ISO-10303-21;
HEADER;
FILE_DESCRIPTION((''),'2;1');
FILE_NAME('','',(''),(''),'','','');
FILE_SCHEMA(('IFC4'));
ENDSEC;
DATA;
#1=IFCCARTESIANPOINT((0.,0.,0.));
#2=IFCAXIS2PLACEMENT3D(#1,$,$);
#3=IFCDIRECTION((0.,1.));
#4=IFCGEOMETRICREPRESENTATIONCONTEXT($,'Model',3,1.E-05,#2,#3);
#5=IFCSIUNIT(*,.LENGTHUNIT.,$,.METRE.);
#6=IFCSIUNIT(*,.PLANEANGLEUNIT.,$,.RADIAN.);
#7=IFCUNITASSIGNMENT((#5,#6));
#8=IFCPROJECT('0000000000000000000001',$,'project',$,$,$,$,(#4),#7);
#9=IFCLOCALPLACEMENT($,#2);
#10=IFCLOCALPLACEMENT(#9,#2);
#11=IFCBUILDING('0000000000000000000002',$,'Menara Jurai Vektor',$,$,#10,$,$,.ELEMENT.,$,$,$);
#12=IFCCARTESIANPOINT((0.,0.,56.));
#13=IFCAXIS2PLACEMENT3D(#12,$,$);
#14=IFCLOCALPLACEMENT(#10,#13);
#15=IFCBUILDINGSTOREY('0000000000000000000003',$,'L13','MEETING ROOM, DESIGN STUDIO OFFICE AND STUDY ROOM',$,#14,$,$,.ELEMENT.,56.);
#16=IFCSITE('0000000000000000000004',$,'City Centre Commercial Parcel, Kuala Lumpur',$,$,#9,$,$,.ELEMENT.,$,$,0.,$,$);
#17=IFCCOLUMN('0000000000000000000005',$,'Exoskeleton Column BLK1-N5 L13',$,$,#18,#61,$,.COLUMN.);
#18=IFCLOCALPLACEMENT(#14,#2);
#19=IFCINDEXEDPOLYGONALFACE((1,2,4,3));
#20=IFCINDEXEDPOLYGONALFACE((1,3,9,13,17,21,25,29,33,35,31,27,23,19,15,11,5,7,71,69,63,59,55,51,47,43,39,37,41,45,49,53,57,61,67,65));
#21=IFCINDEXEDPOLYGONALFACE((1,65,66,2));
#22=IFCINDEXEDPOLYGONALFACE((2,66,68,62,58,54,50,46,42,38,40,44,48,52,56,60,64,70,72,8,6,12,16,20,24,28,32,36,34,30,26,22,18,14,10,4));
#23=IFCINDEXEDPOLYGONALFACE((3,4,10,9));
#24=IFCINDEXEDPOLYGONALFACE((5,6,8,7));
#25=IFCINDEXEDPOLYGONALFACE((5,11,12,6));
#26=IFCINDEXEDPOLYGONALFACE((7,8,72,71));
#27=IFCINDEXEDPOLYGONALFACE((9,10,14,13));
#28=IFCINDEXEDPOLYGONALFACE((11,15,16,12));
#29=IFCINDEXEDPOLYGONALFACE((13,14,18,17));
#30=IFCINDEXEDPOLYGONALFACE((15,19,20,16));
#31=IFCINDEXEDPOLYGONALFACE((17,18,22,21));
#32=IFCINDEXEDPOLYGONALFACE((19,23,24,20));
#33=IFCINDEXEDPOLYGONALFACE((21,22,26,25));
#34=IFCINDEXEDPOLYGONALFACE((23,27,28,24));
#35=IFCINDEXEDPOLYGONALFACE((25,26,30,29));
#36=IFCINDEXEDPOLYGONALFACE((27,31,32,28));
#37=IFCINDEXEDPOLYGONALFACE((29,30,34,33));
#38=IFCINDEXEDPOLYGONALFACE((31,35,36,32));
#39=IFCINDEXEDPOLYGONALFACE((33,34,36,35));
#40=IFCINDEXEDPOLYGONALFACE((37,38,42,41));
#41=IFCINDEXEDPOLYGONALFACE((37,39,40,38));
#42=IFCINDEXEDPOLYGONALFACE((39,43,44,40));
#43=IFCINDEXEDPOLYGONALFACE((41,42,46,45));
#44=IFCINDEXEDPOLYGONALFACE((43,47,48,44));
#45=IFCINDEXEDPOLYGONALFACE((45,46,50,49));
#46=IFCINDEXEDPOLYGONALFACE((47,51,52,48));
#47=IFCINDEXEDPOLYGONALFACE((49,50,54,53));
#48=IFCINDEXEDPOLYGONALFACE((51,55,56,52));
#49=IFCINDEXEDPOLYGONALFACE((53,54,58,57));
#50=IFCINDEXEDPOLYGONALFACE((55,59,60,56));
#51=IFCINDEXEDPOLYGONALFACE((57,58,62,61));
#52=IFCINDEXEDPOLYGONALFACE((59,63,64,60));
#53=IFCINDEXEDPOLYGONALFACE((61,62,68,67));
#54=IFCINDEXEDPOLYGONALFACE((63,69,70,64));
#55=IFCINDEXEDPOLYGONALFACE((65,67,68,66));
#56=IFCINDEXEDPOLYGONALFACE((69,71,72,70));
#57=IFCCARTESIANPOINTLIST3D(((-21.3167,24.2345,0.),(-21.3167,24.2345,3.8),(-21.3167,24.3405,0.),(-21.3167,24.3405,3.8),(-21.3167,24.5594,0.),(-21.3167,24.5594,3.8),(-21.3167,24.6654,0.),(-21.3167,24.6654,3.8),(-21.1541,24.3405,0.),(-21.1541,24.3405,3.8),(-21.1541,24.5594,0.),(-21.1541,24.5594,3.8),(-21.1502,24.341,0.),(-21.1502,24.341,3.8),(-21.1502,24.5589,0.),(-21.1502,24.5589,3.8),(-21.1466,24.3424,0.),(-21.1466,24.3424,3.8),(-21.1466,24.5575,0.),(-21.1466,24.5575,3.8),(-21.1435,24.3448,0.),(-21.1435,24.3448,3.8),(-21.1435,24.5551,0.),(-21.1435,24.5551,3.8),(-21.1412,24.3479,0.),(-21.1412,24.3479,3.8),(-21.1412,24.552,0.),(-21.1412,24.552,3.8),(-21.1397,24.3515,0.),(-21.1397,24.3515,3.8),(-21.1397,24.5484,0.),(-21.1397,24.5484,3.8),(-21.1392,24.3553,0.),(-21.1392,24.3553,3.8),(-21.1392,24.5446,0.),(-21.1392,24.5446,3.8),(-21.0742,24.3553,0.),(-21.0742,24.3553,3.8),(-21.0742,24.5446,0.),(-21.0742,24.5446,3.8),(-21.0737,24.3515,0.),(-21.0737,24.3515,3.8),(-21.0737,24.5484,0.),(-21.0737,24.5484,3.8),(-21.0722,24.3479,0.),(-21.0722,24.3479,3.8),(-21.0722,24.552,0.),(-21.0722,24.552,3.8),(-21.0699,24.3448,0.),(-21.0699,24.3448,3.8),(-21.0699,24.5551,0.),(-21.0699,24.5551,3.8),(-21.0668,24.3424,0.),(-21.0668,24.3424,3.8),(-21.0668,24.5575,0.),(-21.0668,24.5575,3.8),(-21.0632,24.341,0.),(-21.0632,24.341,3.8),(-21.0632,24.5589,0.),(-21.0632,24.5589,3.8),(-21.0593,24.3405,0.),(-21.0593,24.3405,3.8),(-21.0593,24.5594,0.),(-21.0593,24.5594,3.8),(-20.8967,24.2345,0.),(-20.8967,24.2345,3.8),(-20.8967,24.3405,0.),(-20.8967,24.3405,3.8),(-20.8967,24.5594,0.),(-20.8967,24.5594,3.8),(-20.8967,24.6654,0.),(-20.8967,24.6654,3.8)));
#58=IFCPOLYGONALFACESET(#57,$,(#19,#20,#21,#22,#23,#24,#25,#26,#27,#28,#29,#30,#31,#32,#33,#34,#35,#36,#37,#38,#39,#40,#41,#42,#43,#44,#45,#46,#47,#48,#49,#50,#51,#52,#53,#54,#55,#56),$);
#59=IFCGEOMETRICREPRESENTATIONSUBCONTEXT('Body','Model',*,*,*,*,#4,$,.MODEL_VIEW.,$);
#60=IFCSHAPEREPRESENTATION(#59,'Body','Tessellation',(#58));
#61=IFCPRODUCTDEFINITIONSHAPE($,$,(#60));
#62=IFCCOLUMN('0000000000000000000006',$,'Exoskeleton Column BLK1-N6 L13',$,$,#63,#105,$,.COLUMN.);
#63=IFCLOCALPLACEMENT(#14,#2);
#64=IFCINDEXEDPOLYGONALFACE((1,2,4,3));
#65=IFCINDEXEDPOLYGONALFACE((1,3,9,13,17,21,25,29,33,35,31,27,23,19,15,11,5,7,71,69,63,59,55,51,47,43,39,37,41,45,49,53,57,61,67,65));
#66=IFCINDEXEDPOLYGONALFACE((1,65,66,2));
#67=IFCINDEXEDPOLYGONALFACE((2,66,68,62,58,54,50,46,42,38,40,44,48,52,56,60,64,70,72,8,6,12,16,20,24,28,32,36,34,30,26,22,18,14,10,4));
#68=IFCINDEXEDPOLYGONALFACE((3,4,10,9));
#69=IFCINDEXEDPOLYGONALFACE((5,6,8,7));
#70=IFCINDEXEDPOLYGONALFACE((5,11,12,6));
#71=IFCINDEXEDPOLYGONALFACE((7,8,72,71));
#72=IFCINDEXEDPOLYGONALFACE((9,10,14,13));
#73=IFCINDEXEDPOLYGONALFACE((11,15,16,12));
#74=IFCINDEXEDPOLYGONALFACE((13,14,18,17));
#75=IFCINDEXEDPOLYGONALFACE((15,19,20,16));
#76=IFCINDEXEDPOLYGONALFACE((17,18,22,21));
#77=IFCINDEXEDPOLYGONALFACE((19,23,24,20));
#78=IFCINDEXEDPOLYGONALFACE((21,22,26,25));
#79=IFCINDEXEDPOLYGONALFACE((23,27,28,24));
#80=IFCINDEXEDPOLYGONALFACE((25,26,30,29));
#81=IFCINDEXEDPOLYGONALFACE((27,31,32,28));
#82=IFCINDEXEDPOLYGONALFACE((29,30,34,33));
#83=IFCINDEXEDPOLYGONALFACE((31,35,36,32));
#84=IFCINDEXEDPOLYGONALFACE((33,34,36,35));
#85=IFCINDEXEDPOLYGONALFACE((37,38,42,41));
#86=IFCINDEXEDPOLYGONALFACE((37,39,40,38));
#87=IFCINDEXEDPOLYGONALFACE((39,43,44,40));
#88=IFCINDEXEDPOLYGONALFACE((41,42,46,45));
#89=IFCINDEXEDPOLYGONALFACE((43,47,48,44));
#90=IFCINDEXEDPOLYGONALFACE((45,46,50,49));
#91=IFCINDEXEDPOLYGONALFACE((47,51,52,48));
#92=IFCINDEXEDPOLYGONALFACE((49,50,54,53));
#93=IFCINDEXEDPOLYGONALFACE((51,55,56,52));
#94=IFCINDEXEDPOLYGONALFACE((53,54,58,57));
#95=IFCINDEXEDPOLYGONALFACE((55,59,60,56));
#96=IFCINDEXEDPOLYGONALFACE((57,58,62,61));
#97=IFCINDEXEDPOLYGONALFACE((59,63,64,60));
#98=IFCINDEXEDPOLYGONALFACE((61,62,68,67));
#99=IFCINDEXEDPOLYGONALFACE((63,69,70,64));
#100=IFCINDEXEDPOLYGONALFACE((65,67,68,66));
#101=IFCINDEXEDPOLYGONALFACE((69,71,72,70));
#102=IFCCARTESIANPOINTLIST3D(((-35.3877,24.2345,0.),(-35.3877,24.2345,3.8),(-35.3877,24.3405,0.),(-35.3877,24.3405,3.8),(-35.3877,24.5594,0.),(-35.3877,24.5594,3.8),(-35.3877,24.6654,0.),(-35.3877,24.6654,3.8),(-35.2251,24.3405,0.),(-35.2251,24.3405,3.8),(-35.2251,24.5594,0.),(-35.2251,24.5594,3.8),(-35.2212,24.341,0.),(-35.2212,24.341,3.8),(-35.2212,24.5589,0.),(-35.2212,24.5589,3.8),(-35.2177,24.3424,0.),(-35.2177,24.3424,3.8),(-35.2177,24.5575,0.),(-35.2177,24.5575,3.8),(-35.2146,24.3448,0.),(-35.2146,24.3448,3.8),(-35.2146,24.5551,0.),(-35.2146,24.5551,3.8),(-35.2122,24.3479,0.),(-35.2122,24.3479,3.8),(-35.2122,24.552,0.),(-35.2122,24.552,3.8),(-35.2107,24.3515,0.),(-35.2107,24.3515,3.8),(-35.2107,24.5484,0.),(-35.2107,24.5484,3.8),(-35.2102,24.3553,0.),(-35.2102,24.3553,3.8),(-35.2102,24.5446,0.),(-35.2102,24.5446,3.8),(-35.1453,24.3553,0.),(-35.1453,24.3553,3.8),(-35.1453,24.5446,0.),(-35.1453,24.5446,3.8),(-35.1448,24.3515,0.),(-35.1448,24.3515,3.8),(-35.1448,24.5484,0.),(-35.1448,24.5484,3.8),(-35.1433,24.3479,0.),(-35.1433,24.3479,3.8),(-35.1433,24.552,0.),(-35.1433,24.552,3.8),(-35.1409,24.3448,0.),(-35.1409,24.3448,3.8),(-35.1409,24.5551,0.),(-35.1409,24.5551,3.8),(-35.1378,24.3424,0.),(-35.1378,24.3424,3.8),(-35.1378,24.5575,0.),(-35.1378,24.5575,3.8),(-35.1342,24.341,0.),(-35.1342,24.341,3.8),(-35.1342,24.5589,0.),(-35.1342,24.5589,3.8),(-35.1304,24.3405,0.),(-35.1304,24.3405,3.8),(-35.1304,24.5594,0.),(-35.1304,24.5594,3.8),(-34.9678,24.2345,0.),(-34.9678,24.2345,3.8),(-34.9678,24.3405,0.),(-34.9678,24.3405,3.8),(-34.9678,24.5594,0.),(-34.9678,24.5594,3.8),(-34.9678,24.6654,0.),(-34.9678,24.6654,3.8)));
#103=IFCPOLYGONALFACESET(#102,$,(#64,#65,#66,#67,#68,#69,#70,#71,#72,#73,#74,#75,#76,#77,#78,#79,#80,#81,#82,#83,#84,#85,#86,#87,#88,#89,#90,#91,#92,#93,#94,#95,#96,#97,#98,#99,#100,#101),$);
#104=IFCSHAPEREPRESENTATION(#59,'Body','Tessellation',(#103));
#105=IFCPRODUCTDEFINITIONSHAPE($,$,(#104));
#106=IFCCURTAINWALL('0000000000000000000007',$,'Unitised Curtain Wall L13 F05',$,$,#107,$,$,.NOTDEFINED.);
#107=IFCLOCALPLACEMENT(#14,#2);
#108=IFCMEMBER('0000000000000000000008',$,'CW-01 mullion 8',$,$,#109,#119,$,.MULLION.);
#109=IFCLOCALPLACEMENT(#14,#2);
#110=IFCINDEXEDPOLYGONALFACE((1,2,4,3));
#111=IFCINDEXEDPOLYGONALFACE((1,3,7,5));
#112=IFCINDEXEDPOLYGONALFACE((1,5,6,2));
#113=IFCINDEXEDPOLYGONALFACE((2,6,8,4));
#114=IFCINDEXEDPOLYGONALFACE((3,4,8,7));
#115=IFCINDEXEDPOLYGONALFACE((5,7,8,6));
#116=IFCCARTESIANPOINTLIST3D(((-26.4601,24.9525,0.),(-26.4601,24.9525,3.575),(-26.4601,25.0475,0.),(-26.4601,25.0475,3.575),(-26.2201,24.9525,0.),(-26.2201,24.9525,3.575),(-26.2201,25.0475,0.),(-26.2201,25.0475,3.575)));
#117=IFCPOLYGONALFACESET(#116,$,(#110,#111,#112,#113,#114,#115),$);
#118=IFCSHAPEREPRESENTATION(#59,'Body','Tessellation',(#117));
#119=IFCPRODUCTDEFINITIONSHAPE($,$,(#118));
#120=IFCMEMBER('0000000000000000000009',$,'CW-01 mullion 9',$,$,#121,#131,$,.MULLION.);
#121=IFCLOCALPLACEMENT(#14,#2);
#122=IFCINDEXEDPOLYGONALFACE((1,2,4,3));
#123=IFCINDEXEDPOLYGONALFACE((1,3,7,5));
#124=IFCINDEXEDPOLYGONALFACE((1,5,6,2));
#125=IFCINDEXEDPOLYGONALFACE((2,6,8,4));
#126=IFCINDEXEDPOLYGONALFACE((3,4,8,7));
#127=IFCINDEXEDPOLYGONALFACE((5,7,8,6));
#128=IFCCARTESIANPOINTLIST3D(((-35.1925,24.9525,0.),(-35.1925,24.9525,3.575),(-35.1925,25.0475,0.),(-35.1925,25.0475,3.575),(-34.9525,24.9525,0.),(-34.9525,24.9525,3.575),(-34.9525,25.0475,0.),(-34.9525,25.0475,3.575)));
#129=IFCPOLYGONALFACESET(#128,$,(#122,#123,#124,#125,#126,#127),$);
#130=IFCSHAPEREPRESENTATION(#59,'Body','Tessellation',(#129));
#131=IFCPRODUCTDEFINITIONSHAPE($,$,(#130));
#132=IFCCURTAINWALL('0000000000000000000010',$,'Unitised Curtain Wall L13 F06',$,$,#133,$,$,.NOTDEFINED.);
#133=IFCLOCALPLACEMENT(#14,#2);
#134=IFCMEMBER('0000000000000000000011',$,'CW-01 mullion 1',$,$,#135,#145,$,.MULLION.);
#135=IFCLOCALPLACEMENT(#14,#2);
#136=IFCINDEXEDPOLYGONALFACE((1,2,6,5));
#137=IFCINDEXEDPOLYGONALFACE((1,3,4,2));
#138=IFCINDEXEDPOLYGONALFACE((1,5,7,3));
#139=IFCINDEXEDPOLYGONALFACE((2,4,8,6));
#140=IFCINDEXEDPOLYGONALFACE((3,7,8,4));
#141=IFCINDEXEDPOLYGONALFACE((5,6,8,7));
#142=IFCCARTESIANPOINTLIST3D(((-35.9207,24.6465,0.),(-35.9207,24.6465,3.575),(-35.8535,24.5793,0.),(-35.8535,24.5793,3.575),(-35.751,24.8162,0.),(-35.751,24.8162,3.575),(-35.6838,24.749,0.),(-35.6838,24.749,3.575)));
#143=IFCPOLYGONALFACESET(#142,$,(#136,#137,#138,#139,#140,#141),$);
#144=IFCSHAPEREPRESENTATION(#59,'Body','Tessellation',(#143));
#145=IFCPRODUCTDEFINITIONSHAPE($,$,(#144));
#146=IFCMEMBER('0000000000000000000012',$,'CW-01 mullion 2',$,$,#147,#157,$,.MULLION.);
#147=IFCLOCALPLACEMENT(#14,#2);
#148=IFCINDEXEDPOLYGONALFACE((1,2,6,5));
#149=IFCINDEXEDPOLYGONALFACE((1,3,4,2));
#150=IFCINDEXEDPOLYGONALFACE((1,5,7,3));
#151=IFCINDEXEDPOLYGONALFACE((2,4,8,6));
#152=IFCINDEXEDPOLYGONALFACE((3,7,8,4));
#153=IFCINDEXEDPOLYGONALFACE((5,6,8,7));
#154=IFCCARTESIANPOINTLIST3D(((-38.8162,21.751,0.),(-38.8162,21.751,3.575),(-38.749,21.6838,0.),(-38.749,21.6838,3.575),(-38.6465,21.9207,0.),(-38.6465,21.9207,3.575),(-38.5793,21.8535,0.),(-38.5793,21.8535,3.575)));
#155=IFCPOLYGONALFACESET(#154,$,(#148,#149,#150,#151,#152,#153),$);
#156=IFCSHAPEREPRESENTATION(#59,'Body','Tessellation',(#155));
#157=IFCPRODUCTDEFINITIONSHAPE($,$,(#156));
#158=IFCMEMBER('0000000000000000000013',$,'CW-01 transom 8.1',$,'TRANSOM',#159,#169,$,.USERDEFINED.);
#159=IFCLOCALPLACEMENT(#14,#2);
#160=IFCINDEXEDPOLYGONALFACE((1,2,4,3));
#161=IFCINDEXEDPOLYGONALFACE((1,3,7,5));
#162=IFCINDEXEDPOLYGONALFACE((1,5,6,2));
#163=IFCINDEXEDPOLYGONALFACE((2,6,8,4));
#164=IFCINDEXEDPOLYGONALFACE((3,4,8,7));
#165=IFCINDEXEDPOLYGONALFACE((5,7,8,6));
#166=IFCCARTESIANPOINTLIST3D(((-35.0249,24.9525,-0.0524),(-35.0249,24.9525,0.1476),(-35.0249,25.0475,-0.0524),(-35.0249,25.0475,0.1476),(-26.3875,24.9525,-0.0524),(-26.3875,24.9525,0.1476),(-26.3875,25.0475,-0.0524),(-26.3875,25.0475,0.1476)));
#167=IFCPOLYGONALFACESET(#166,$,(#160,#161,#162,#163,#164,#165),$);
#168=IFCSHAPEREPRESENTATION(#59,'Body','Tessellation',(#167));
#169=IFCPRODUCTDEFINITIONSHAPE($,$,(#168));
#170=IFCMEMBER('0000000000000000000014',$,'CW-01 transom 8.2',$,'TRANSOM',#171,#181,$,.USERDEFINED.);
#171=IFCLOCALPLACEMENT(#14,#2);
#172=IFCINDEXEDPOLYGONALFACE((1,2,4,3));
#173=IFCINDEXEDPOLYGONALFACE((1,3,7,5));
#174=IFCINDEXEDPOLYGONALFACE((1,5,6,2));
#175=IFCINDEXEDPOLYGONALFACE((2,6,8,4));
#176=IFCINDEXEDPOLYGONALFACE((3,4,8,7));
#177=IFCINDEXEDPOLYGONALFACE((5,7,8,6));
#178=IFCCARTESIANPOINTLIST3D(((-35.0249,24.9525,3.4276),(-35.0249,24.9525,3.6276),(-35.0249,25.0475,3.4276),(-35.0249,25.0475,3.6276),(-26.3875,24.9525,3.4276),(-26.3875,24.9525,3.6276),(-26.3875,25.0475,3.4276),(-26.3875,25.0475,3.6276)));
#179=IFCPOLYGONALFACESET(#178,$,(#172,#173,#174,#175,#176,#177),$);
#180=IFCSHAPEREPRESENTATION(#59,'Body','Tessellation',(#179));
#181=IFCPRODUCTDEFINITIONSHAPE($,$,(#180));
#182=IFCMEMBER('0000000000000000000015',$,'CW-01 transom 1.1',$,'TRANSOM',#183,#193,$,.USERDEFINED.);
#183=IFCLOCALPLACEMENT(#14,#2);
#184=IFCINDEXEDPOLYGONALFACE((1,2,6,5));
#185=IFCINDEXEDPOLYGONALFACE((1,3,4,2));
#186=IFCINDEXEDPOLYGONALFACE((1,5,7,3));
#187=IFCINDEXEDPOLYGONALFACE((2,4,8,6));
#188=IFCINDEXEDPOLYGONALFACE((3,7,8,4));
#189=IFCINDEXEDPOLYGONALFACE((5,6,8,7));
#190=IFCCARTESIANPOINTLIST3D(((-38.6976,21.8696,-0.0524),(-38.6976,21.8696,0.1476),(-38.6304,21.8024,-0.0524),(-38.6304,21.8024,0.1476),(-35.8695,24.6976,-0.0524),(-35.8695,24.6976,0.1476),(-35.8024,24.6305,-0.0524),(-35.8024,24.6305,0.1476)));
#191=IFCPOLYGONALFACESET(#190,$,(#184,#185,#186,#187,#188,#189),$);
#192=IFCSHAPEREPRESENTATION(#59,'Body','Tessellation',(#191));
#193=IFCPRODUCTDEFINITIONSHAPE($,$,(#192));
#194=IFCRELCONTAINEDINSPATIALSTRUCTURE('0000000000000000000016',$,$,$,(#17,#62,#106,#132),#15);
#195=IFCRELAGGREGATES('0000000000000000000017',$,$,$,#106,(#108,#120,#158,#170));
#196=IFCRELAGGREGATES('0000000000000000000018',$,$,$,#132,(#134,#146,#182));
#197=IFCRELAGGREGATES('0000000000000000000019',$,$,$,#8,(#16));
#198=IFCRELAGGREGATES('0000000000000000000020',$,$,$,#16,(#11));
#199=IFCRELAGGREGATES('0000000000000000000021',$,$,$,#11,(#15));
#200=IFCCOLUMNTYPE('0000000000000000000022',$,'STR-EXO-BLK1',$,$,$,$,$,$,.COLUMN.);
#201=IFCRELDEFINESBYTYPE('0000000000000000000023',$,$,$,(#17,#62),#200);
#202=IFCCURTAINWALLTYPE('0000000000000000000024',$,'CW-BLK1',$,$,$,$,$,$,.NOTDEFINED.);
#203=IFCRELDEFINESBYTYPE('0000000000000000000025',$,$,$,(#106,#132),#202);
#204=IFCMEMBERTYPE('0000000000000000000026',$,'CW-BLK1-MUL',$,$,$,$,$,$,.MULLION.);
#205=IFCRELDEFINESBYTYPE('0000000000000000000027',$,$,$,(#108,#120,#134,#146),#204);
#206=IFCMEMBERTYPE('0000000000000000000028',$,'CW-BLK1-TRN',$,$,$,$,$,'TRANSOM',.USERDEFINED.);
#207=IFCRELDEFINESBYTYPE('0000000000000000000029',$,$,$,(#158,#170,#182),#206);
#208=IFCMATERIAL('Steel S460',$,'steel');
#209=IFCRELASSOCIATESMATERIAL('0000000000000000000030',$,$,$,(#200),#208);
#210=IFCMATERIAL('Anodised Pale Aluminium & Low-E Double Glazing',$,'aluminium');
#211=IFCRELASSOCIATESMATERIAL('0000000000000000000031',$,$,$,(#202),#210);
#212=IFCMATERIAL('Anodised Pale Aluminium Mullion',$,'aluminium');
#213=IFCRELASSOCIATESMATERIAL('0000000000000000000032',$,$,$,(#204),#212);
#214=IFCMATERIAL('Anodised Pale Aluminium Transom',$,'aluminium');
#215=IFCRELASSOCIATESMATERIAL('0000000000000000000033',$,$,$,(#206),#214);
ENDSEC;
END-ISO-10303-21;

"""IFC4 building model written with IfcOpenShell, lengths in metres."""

from ifc_helpers import new_model, si_unit, direction, frame, origin, origin_2d, place, context, subcontext, project, spatial, rectangle, i_section, extrude, material, material_profile, profile_set, type_object, element, aggregate, save


model = new_model("IFC4")

# Units and contexts
model_context = context("Model", 3, precision=1e-05, world=origin(), true_north=direction((0.0, 1.0)))
body_context = subcontext(model_context, "Body", "Model", "MODEL_VIEW")
ifc_project = project(units=[si_unit("LENGTHUNIT", "METRE"), si_unit("PLANEANGLEUNIT", "RADIAN")], contexts=[model_context])

# Site, building, storey
site_placement = place(None, origin())
site = spatial("IfcSite", under=ifc_project, at=site_placement, Name="City Centre Commercial Parcel, Kuala Lumpur", CompositionType="ELEMENT", RefElevation=0.0)
building_placement = place(site_placement, origin())
building = spatial("IfcBuilding", under=site, at=building_placement, Name="Menara Jurai Vektor", CompositionType="ELEMENT")
storey_placement = place(building_placement, frame((0.0, 0.0, 56.0)))
storey = spatial("IfcBuildingStorey", under=building, at=storey_placement, Name="L13", Description="MEETING ROOM, DESIGN STUDIO OFFICE AND STUDY ROOM", CompositionType="ELEMENT", Elevation=56.0)

# Columns
ifc_material_1 = material(Name="Steel S460", Category="steel")
ifc_material_profile_1 = material_profile(ifc_material_1, i_section(OverallWidth=0.4199, OverallDepth=0.4309, WebThickness=0.0649, FlangeThickness=0.106, FilletRadius=0.0149, at=origin_2d()), Name="HD 400x900")
ifc_profile_set_1 = profile_set([ifc_material_profile_1], Name="Steel S460")
column_type = type_object("IfcColumnType", Name="STR-EXO-BLK1", PredefinedType="COLUMN", material=ifc_profile_set_1)
for number, where, z_axis, x_axis, name in (
    (1, (-21.1067, 24.45, 0.0), (0.0, 0.0, 1.0), (1.0, 0.0, 0.0), "Exoskeleton Column BLK1-N5 L13"),
    (2, (-35.1777, 24.45, 0.0), (0.0, 0.0, 1.0), (1.0, 0.0, 0.0), "Exoskeleton Column BLK1-N6 L13"),
):
    element("IfcColumn", number, at=place(storey_placement, frame(where, z_axis=z_axis, x_axis=x_axis)), inside=storey, type_object=column_type, Name=name, PredefinedType="COLUMN", context=body_context, shape_type="SweptSolid", body=[
        extrude(i_section(OverallWidth=0.4199, OverallDepth=0.4309, WebThickness=0.0649, FlangeThickness=0.106, FilletRadius=0.0149, at=origin_2d()), origin(), (0.0, 0.0, 1.0), 3.8),
    ])

# Curtain walls, members
ifc_material_2 = material(Name="Anodised Pale Aluminium & Low-E Double Glazing", Category="aluminium")
curtain_wall_type = type_object("IfcCurtainWallType", Name="CW-BLK1", PredefinedType="NOTDEFINED", material=ifc_material_2)
curtain_wall_1_placement = place(storey_placement, origin())
curtain_wall_1 = element("IfcCurtainWall", 3, at=curtain_wall_1_placement, inside=storey, type_object=curtain_wall_type, Name="Unitised Curtain Wall L13 F05", PredefinedType="NOTDEFINED")
ifc_material_3 = material(Name="Anodised Pale Aluminium Mullion", Category="aluminium")
ifc_material_profile_2 = material_profile(ifc_material_3, rectangle(XDim=0.095, YDim=0.24, at=origin_2d()), Name="ALU MUL 95x240")
ifc_profile_set_2 = profile_set([ifc_material_profile_2], Name="Anodised Pale Aluminium Mullion")
member_type_1 = type_object("IfcMemberType", Name="CW-BLK1-MUL", PredefinedType="MULLION", material=ifc_profile_set_2)
member_1_placement = place(storey_placement, frame((-26.3401, 25.0, 0.0), z_axis=(0.0, 0.0, 1.0), x_axis=(0.0, -1.0, 0.0)))
member_1 = element("IfcMember", 4, at=member_1_placement, type_object=member_type_1, Name="CW-01 mullion 8", PredefinedType="MULLION", context=body_context, shape_type="SweptSolid", body=[
    extrude(rectangle(XDim=0.095, YDim=0.24, at=origin_2d()), origin(), (0.0, 0.0, 1.0), 3.575),
])
member_2_placement = place(storey_placement, frame((-35.0725, 25.0, 0.0), z_axis=(0.0, 0.0, 1.0), x_axis=(0.0, -1.0, 0.0)))
member_2 = element("IfcMember", 5, at=member_2_placement, type_object=member_type_1, Name="CW-01 mullion 9", PredefinedType="MULLION", context=body_context, shape_type="SweptSolid", body=[
    extrude(rectangle(XDim=0.095, YDim=0.24, at=origin_2d()), origin(), (0.0, 0.0, 1.0), 3.575),
])
curtain_wall_2_placement = place(storey_placement, origin())
curtain_wall_2 = element("IfcCurtainWall", 6, at=curtain_wall_2_placement, inside=storey, type_object=curtain_wall_type, Name="Unitised Curtain Wall L13 F06", PredefinedType="NOTDEFINED")
member_3_placement = place(storey_placement, frame((-35.8022, 24.6978, 0.0), z_axis=(0.0, 0.0, 1.0), x_axis=(0.707107, -0.707107, 0.0)))
member_3 = element("IfcMember", 7, at=member_3_placement, type_object=member_type_1, Name="CW-01 mullion 1", PredefinedType="MULLION", context=body_context, shape_type="SweptSolid", body=[
    extrude(rectangle(XDim=0.095, YDim=0.24, at=origin_2d()), origin(), (0.0, 0.0, 1.0), 3.575),
])
member_4_placement = place(storey_placement, frame((-38.6978, 21.8022, 0.0), z_axis=(0.0, 0.0, 1.0), x_axis=(0.707107, -0.707107, 0.0)))
member_4 = element("IfcMember", 8, at=member_4_placement, type_object=member_type_1, Name="CW-01 mullion 2", PredefinedType="MULLION", context=body_context, shape_type="SweptSolid", body=[
    extrude(rectangle(XDim=0.095, YDim=0.24, at=origin_2d()), origin(), (0.0, 0.0, 1.0), 3.575),
])

# Members
ifc_material_4 = material(Name="Anodised Pale Aluminium Transom", Category="aluminium")
ifc_material_profile_3 = material_profile(ifc_material_4, rectangle(XDim=0.095, YDim=0.2, at=origin_2d()), Name="ALU TRN 95x200")
ifc_profile_set_3 = profile_set([ifc_material_profile_3], Name="Anodised Pale Aluminium Transom")
member_type_2 = type_object("IfcMemberType", Name="CW-BLK1-TRN", ElementType="TRANSOM", PredefinedType="USERDEFINED", material=ifc_profile_set_3)
member_5_placement = place(storey_placement, frame((-26.3875, 25.0, 0.0476), z_axis=(-1.0, 0.0, 0.0), x_axis=(0.0, -1.0, 0.0)))
member_5 = element("IfcMember", 9, at=member_5_placement, type_object=member_type_2, Name="CW-01 transom 8.1", ObjectType="TRANSOM", PredefinedType="USERDEFINED", context=body_context, shape_type="SweptSolid", body=[
    extrude(rectangle(XDim=0.095, YDim=0.2, at=origin_2d()), origin(), (0.0, 0.0, 1.0), 8.6375),
])
member_6_placement = place(storey_placement, frame((-26.3875, 25.0, 3.5276), z_axis=(-1.0, 0.0, 0.0), x_axis=(0.0, -1.0, 0.0)))
member_6 = element("IfcMember", 10, at=member_6_placement, type_object=member_type_2, Name="CW-01 transom 8.2", ObjectType="TRANSOM", PredefinedType="USERDEFINED", context=body_context, shape_type="SweptSolid", body=[
    extrude(rectangle(XDim=0.095, YDim=0.2, at=origin_2d()), origin(), (0.0, 0.0, 1.0), 8.6375),
])
member_7_placement = place(storey_placement, frame((-35.8359, 24.6641, 0.0476), z_axis=(-0.707107, -0.707107, 0.0), x_axis=(0.707107, -0.707107, 0.0)))
member_7 = element("IfcMember", 11, at=member_7_placement, type_object=member_type_2, Name="CW-01 transom 1.1", ObjectType="TRANSOM", PredefinedType="USERDEFINED", context=body_context, shape_type="SweptSolid", body=[
    extrude(rectangle(XDim=0.095, YDim=0.2, at=origin_2d()), origin(), (0.0, 0.0, 1.0), 3.9995),
])

aggregate(curtain_wall_1, [member_1, member_2, member_5, member_6])
aggregate(curtain_wall_2, [member_3, member_4, member_7])

save(model, "model.ifc")
